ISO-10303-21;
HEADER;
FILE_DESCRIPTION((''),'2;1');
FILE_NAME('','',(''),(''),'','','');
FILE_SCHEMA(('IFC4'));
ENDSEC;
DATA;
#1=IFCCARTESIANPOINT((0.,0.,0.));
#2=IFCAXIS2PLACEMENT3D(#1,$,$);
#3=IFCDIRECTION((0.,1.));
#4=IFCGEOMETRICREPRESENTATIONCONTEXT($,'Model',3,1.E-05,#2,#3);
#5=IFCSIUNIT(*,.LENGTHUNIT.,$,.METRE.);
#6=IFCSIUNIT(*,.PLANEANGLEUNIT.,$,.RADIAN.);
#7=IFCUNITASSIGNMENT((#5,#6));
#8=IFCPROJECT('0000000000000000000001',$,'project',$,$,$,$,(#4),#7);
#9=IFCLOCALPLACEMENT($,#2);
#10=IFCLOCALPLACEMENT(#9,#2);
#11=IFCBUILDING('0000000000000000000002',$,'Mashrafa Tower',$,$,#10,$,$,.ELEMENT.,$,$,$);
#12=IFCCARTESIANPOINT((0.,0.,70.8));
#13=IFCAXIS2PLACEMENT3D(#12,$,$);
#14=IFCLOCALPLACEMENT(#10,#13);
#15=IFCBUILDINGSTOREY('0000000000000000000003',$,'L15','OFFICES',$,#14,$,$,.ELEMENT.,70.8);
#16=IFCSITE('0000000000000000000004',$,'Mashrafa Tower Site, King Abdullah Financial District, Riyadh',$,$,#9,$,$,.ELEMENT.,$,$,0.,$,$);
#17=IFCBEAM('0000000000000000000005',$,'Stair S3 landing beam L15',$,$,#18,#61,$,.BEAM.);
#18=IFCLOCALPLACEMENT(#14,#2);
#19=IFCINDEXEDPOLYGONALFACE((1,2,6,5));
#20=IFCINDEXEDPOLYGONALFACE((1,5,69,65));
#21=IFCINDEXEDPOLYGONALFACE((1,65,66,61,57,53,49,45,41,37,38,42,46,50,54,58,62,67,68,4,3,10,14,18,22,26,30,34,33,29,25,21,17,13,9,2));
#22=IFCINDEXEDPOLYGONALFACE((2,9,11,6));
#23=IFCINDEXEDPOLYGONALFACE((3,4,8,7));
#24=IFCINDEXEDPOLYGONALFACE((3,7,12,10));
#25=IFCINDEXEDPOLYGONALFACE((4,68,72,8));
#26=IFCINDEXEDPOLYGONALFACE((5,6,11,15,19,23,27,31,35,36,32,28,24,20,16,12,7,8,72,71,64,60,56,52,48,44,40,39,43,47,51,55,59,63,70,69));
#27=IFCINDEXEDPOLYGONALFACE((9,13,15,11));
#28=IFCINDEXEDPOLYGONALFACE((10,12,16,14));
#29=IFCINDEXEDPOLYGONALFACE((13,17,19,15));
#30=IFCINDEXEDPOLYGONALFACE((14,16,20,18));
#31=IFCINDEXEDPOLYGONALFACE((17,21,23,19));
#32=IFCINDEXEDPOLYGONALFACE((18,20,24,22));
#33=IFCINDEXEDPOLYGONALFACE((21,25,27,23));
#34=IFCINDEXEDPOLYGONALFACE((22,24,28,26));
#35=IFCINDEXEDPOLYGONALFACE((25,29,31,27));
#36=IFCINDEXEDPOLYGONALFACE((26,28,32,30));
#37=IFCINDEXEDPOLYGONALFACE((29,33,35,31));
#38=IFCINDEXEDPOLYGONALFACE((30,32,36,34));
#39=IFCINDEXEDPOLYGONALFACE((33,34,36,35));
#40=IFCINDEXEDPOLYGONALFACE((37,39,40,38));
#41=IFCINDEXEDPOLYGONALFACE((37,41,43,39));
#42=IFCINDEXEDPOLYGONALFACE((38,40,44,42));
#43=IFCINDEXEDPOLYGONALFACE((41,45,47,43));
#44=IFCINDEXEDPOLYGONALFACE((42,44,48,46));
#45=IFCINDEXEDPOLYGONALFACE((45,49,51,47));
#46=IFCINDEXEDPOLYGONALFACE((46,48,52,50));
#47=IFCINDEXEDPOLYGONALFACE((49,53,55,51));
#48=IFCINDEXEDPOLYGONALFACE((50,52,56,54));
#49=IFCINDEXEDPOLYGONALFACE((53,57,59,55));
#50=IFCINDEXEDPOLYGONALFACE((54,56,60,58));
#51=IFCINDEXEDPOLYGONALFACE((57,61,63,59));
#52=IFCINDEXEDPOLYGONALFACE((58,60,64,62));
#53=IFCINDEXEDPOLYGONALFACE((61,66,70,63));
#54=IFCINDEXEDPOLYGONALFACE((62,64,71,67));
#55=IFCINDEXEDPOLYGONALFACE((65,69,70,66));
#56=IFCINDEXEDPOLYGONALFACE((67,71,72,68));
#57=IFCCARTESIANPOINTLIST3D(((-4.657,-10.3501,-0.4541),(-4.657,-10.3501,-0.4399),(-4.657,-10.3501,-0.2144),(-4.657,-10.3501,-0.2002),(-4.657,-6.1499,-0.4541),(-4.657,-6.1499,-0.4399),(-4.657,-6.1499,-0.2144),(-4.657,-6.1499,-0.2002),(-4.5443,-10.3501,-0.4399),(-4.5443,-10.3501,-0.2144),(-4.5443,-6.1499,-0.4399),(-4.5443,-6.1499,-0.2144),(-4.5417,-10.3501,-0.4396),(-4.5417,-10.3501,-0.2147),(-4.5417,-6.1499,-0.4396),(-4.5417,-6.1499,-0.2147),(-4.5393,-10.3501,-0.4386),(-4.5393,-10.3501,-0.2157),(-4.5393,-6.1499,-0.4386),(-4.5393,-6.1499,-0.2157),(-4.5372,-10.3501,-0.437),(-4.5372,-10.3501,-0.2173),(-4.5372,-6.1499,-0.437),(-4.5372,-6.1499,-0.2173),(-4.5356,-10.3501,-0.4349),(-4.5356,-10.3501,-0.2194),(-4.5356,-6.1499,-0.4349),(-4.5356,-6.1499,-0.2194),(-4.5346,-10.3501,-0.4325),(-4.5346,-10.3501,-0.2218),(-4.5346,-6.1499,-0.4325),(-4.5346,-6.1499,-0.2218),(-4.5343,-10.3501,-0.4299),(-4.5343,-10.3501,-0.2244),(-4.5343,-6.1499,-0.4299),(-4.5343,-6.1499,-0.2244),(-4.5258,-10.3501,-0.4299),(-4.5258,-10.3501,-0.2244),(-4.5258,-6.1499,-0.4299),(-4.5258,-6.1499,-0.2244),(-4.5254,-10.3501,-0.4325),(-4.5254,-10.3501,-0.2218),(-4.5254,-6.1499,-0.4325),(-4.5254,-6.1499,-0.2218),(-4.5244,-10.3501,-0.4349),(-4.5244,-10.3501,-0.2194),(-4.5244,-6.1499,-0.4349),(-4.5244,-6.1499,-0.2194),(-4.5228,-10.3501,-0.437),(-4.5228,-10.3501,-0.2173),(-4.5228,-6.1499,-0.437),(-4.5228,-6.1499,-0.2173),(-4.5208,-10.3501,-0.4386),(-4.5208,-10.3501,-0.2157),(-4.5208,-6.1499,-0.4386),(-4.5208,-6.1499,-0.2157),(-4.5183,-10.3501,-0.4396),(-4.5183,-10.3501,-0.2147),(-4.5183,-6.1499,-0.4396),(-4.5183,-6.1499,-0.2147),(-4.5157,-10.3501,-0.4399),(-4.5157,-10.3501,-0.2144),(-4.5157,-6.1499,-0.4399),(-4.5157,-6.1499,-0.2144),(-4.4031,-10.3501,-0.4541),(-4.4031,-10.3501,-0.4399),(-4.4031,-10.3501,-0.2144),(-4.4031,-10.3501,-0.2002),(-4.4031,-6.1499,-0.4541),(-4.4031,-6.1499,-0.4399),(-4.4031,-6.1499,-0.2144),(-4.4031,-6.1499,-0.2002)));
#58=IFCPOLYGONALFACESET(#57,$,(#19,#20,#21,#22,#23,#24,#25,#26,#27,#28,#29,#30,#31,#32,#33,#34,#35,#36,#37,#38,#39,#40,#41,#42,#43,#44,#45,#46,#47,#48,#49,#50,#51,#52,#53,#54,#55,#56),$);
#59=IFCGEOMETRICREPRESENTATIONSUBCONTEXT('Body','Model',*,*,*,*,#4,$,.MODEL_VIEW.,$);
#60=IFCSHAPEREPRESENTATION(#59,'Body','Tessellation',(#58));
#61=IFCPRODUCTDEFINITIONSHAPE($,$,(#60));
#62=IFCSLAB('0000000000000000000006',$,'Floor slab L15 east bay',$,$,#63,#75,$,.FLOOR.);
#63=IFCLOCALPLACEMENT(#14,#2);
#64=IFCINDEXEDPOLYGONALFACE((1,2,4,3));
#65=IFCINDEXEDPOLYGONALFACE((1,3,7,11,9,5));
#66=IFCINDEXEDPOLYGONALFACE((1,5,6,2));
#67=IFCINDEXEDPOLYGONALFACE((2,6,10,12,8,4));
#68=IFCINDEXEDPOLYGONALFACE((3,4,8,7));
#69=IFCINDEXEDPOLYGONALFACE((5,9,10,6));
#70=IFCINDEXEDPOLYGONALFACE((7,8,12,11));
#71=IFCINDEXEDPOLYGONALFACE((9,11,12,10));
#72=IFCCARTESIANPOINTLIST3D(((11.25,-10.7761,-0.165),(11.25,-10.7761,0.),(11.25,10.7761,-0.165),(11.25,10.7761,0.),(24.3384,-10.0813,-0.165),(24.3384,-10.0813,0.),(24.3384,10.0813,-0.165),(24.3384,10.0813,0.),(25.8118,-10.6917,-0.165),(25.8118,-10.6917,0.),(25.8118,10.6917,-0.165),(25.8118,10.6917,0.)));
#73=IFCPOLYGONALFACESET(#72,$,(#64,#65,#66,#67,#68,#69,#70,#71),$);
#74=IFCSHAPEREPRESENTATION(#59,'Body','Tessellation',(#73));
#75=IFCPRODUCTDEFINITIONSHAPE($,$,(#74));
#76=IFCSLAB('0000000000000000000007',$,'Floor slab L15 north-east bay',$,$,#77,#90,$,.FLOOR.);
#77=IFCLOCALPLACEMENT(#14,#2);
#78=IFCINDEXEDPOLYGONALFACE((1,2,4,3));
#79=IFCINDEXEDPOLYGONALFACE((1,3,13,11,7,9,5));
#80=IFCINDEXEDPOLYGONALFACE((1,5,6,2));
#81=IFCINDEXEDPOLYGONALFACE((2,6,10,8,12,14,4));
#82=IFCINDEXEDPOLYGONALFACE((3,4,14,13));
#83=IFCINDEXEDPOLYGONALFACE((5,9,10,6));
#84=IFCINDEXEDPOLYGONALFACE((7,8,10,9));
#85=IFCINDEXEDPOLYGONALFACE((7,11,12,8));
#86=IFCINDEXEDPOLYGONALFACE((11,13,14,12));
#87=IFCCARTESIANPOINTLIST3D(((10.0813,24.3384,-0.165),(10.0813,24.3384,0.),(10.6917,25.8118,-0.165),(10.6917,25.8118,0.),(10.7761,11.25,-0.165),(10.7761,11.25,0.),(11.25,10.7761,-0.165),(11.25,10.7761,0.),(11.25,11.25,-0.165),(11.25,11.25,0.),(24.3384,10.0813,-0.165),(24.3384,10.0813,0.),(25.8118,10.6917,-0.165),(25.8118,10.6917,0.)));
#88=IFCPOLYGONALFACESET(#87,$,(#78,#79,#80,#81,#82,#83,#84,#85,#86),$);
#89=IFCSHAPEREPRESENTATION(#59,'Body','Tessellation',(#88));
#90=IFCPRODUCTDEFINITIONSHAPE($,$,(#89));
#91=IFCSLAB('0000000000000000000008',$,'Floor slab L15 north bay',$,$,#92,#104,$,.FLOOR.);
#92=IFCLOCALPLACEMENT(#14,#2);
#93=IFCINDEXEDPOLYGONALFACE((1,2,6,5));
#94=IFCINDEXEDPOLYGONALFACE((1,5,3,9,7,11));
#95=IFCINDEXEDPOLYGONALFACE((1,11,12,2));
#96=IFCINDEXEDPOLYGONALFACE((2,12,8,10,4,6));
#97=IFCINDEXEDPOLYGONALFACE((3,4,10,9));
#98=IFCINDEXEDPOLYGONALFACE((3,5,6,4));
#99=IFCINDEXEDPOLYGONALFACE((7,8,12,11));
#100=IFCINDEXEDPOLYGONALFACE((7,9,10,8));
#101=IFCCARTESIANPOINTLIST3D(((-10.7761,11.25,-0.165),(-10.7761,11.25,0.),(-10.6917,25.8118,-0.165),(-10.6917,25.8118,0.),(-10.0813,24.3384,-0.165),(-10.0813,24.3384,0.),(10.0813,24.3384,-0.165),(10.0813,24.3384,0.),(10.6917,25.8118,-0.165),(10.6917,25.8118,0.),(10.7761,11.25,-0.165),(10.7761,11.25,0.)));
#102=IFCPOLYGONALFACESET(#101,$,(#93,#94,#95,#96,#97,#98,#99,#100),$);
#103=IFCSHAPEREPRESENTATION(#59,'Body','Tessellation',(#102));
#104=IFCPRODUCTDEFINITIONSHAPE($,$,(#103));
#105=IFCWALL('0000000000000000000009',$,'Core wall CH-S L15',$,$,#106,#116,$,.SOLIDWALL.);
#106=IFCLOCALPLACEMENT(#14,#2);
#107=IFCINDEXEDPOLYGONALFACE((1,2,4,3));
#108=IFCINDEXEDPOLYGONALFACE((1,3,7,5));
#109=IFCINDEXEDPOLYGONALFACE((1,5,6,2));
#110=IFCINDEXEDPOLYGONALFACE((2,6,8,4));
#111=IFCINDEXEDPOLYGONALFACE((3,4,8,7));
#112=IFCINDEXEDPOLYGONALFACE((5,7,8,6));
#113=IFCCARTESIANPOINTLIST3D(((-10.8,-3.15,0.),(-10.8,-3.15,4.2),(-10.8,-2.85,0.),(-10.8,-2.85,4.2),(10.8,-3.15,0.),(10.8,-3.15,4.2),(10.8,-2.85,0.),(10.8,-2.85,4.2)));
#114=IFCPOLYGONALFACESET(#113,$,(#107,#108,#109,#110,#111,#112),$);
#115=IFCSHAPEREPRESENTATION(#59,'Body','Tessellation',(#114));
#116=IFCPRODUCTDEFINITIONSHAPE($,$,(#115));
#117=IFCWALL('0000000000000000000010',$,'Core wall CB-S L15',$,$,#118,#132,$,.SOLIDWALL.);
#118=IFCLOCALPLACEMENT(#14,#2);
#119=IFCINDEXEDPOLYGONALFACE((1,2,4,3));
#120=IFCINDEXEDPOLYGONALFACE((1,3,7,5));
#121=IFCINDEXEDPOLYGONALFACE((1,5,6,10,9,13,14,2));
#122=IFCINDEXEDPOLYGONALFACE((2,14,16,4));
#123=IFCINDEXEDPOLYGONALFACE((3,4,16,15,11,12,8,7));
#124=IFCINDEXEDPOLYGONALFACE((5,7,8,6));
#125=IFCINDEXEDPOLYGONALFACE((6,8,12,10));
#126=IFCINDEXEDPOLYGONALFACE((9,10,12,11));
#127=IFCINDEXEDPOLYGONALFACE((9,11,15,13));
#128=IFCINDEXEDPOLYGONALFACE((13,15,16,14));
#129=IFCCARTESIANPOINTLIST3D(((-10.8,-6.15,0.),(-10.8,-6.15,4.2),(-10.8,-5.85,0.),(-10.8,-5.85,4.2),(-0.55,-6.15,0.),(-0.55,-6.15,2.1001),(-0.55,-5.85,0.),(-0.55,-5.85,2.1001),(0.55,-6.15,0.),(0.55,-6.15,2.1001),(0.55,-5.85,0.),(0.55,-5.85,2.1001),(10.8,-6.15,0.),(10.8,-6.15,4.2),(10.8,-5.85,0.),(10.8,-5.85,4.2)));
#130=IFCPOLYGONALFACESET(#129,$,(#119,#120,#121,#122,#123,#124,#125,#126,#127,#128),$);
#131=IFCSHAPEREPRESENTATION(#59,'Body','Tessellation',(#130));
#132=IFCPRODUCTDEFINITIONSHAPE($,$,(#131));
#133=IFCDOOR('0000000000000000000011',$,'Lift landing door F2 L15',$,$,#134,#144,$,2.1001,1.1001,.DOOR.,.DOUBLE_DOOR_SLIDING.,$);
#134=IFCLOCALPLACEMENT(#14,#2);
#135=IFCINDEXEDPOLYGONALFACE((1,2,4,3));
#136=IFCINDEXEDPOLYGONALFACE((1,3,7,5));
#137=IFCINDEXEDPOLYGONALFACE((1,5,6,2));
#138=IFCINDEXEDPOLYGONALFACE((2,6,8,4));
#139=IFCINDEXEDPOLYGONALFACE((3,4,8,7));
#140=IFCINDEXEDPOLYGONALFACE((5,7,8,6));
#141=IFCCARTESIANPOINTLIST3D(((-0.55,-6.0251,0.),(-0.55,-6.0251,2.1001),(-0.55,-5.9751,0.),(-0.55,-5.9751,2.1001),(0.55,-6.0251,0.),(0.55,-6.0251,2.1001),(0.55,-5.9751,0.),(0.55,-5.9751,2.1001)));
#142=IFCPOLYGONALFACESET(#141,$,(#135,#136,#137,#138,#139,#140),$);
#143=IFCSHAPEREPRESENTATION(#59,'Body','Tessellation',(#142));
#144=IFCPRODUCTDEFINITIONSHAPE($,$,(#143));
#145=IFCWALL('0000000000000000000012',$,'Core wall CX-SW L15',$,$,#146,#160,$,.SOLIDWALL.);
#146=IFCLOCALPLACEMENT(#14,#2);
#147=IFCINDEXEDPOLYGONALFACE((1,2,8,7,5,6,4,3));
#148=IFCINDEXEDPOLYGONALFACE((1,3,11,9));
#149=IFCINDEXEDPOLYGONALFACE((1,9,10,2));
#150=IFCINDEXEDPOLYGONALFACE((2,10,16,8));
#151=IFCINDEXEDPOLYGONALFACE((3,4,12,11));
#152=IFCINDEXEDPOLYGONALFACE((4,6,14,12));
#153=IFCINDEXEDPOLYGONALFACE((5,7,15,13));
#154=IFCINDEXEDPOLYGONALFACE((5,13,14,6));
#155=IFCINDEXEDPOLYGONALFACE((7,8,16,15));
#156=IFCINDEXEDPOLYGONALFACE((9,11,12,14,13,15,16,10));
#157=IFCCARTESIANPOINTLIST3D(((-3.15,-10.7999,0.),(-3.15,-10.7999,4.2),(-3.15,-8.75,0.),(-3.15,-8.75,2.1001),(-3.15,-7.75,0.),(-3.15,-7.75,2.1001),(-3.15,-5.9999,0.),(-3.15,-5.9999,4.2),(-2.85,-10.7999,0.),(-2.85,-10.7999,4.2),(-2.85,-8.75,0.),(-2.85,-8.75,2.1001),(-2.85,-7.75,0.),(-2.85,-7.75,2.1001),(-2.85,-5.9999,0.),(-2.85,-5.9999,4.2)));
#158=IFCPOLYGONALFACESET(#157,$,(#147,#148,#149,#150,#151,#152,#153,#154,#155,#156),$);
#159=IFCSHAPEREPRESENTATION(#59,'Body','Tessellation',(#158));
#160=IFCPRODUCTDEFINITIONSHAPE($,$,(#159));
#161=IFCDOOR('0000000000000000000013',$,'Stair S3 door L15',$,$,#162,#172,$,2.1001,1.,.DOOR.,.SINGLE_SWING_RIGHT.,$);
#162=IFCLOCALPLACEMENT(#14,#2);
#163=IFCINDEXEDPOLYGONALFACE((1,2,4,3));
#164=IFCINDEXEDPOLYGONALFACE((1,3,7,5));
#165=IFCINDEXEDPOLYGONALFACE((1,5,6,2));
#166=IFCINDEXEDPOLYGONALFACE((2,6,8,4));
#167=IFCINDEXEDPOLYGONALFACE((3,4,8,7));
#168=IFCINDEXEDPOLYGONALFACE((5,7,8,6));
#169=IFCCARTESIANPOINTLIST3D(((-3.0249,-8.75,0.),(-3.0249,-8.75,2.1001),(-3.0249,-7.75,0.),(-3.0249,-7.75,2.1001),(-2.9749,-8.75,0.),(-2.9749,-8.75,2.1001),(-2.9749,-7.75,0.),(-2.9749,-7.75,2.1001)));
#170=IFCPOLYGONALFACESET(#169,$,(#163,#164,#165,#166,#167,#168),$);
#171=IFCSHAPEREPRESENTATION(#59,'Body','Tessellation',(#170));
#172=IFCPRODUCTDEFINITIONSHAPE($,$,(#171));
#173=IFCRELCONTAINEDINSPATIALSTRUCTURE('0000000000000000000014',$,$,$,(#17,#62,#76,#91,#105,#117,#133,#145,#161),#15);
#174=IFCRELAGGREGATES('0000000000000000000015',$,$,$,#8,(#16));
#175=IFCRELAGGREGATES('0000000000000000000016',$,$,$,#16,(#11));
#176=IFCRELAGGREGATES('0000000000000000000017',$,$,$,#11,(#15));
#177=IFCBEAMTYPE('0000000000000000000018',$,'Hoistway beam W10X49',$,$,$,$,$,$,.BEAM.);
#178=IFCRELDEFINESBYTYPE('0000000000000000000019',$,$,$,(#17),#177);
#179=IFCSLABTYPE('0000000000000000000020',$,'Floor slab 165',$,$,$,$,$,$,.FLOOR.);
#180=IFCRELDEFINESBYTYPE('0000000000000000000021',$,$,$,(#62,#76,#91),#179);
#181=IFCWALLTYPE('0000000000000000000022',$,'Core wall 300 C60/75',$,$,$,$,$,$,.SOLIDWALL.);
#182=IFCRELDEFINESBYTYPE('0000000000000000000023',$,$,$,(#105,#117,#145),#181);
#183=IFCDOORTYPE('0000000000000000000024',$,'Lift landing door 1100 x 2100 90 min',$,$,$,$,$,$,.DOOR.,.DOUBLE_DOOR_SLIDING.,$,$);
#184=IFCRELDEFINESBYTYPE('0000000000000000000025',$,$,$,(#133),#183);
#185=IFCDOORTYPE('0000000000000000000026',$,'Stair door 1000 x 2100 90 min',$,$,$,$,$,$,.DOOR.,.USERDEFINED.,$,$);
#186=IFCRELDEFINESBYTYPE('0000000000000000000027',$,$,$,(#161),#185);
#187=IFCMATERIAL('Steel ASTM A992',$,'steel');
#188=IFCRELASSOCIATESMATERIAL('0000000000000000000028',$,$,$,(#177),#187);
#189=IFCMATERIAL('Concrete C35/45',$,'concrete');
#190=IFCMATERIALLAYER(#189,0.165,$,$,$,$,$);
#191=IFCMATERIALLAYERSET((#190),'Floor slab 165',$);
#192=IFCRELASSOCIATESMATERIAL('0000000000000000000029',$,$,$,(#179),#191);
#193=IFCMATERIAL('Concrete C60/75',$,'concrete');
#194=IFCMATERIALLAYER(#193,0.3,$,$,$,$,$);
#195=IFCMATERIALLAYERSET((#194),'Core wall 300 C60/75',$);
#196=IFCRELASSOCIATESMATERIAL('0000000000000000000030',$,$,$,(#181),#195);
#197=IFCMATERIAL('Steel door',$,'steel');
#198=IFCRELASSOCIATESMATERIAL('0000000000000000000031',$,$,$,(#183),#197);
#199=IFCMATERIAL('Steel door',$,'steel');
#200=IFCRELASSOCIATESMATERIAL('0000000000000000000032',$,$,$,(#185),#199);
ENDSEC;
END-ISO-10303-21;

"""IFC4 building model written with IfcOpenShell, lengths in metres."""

from ifc_helpers import new_model, si_unit, direction, frame, frame_2d, origin, origin_2d, place, context, subcontext, project, spatial, polyline, rectangle, i_section, outline, extrude, material, layer, layer_set, material_profile, profile_set, type_object, element, fill, save


model = new_model("IFC4")

# Units and contexts
model_context = context("Model", 3, precision=1e-05, world=origin(), true_north=direction((0.0, 1.0)))
body_context = subcontext(model_context, "Body", "Model", "MODEL_VIEW")
ifc_project = project(units=[si_unit("LENGTHUNIT", "METRE"), si_unit("PLANEANGLEUNIT", "RADIAN")], contexts=[model_context])

# Site, building, storey
site_placement = place(None, origin())
site = spatial("IfcSite", under=ifc_project, at=site_placement, Name="Mashrafa Tower Site, King Abdullah Financial District, Riyadh", CompositionType="ELEMENT", RefElevation=0.0)
building_placement = place(site_placement, origin())
building = spatial("IfcBuilding", under=site, at=building_placement, Name="Mashrafa Tower", CompositionType="ELEMENT")
storey_placement = place(building_placement, frame((0.0, 0.0, 70.8)))
storey = spatial("IfcBuildingStorey", under=building, at=storey_placement, Name="L15", Description="OFFICES", CompositionType="ELEMENT", Elevation=70.8)

# Beam
ifc_material_1 = material(Name="Steel ASTM A992", Category="steel")
ifc_material_profile_1 = material_profile(ifc_material_1, i_section(OverallWidth=0.2539, OverallDepth=0.2539, WebThickness=0.0085, FlangeThickness=0.0142, FilletRadius=0.01, at=origin_2d()), Name="W10X49")
ifc_profile_set_1 = profile_set([ifc_material_profile_1], Name="Steel ASTM A992")
beam_type_1 = type_object("IfcBeamType", Name="Hoistway beam W10X49", PredefinedType="BEAM", material=ifc_profile_set_1)
beam_1_placement = place(storey_placement, frame((-4.53, -10.3501, -0.3271), z_axis=(0.0, 1.0, 0.0), x_axis=(-1.0, 0.0, 0.0)))
element("IfcBeam", 1, at=beam_1_placement, inside=storey, type_object=beam_type_1, Name="Stair S3 landing beam L15", PredefinedType="BEAM", context=body_context, shape_type="SweptSolid", body=[
    extrude(i_section(OverallWidth=0.2539, OverallDepth=0.2539, WebThickness=0.0085, FlangeThickness=0.0142, FilletRadius=0.01, at=origin_2d()), origin(), (0.0, 0.0, 1.0), 4.2002),
])

# Slabs
ifc_material_2 = material(Name="Concrete C35/45", Category="concrete")
ifc_layer_1 = layer(ifc_material_2, 0.165)
ifc_layer_set_1 = layer_set([ifc_layer_1], Name="Floor slab 165")
slab_type = type_object("IfcSlabType", Name="Floor slab 165", PredefinedType="FLOOR", material=ifc_layer_set_1)
slab_1_placement = place(storey_placement, frame((0.0, 0.0, -0.165)))
element("IfcSlab", 2, at=slab_1_placement, inside=storey, type_object=slab_type, Name="Floor slab L15 east bay", PredefinedType="FLOOR", context=body_context, shape_type="SweptSolid", body=[
    extrude(outline(polyline([(25.8118, 10.6917), (25.8118, -10.6917), (25.8118, -10.6917), (24.3384, -10.0813), (11.25, -10.7761), (11.25, 10.7761), (24.3384, 10.0813), (25.8118, 10.6917), (25.8118, 10.6917)])), origin(), (0.0, 0.0, 1.0), 0.165),
])
slab_2_placement = place(storey_placement, frame((0.0, 0.0, -0.165)))
element("IfcSlab", 3, at=slab_2_placement, inside=storey, type_object=slab_type, Name="Floor slab L15 north-east bay", PredefinedType="FLOOR", context=body_context, shape_type="SweptSolid", body=[
    extrude(outline(polyline([(25.8118, 10.6917), (24.3384, 10.0813), (11.25, 10.7761), (11.25, 11.25), (10.7761, 11.25), (10.0813, 24.3384), (10.6917, 25.8118), (25.8118, 10.6917)])), origin(), (0.0, 0.0, 1.0), 0.165),
])
slab_3_placement = place(storey_placement, frame((0.0, 0.0, -0.165)))
element("IfcSlab", 4, at=slab_3_placement, inside=storey, type_object=slab_type, Name="Floor slab L15 north bay", PredefinedType="FLOOR", context=body_context, shape_type="SweptSolid", body=[
    extrude(outline(polyline([(-10.6917, 25.8118), (10.6917, 25.8118), (10.6917, 25.8118), (10.0813, 24.3384), (10.7761, 11.25), (-10.7761, 11.25), (-10.0813, 24.3384), (-10.6917, 25.8118), (-10.6917, 25.8118)])), origin(), (0.0, 0.0, 1.0), 0.165),
])

# Wall
ifc_material_3 = material(Name="Concrete C60/75", Category="concrete")
ifc_layer_2 = layer(ifc_material_3, 0.3)
ifc_layer_set_2 = layer_set([ifc_layer_2], Name="Core wall 300 C60/75")
wall_type_1 = type_object("IfcWallType", Name="Core wall 300 C60/75", PredefinedType="SOLIDWALL", material=ifc_layer_set_2)
wall_1_placement = place(storey_placement, frame((-10.8, -3.0, 0.0), z_axis=(0.0, 0.0, 1.0), x_axis=(1.0, 0.0, 0.0)))
element("IfcWall", 5, at=wall_1_placement, inside=storey, type_object=wall_type_1, Name="Core wall CH-S L15", PredefinedType="SOLIDWALL", context=body_context, shape_type="SweptSolid", body=[
    extrude(rectangle(XDim=21.6001, YDim=0.3, at=frame_2d((10.8, 0.0))), origin(), (0.0, 0.0, 1.0), 4.2),
])

# Walls, openings, doors
wall_2_placement = place(storey_placement, frame((-10.8, -6.0, 0.0), z_axis=(0.0, 0.0, 1.0), x_axis=(1.0, 0.0, 0.0)))
wall_2 = element("IfcWall", 6, at=wall_2_placement, inside=storey, type_object=wall_type_1, Name="Core wall CB-S L15", PredefinedType="SOLIDWALL", context=body_context, shape_type="SweptSolid", body=[
    extrude(rectangle(XDim=21.6001, YDim=0.3, at=frame_2d((10.8, 0.0))), origin(), (0.0, 0.0, 1.0), 4.2),
])
opening_1_placement = place(wall_2_placement, frame((10.25, 0.0, 0.0)))
opening_1 = element("IfcOpeningElement", 7, at=opening_1_placement, cuts=wall_2, PredefinedType="OPENING", context=body_context, shape_type="SweptSolid", body=[
    extrude(rectangle(XDim=1.1001, YDim=2.1001, at=frame_2d((0.55, 1.05))), frame((0.0, 0.1599, 0.0), z_axis=(0.0, -1.0, 0.0), x_axis=(1.0, 0.0, 0.0)), (0.0, 0.0, 1.0), 0.3201),
])
ifc_material_4 = material(Name="Steel door", Category="steel")
door_type_1 = type_object("IfcDoorType", Name="Lift landing door 1100 x 2100 90 min", OperationType="DOUBLE_DOOR_SLIDING", PredefinedType="DOOR", material=ifc_material_4)
door_1_placement = place(opening_1_placement, origin())
door_1 = element("IfcDoor", 8, at=door_1_placement, inside=storey, type_object=door_type_1, Name="Lift landing door F2 L15", OperationType="DOUBLE_DOOR_SLIDING", OverallHeight=2.1001, OverallWidth=1.1001, PredefinedType="DOOR", context=body_context, shape_type="SweptSolid", body=[
    extrude(rectangle(XDim=1.1001, YDim=2.1001, at=frame_2d((0.55, 1.05))), frame((0.0, 0.0249, 0.0), z_axis=(0.0, -1.0, 0.0), x_axis=(1.0, 0.0, 0.0)), (0.0, 0.0, 1.0), 0.05),
])
fill(opening_1, door_1)
wall_3_placement = place(storey_placement, frame((-3.0, -6.0, 0.0), z_axis=(0.0, 0.0, 1.0), x_axis=(0.0, -1.0, 0.0)))
wall_3 = element("IfcWall", 9, at=wall_3_placement, inside=storey, type_object=wall_type_1, Name="Core wall CX-SW L15", PredefinedType="SOLIDWALL", context=body_context, shape_type="SweptSolid", body=[
    extrude(rectangle(XDim=4.8, YDim=0.3, at=frame_2d((2.3999, 0.0))), origin(), (0.0, 0.0, 1.0), 4.2),
])
opening_2_placement = place(wall_3_placement, frame((1.75, 0.0, 0.0)))
opening_2 = element("IfcOpeningElement", 10, at=opening_2_placement, cuts=wall_3, PredefinedType="OPENING", context=body_context, shape_type="SweptSolid", body=[
    extrude(rectangle(XDim=1.0, YDim=2.1001, at=frame_2d((0.5, 1.05))), frame((0.0, 0.1599, 0.0), z_axis=(0.0, -1.0, 0.0), x_axis=(1.0, 0.0, 0.0)), (0.0, 0.0, 1.0), 0.3201),
])
ifc_material_5 = material(Name="Steel door", Category="steel")
door_type_2 = type_object("IfcDoorType", Name="Stair door 1000 x 2100 90 min", OperationType="USERDEFINED", PredefinedType="DOOR", material=ifc_material_5)
door_2_placement = place(opening_2_placement, frame((1.0, 0.0, 0.0), z_axis=(0.0, 0.0, 1.0), x_axis=(-1.0, 0.0, 0.0)))
door_2 = element("IfcDoor", 11, at=door_2_placement, inside=storey, type_object=door_type_2, Name="Stair S3 door L15", OperationType="SINGLE_SWING_RIGHT", OverallHeight=2.1001, OverallWidth=1.0, PredefinedType="DOOR", context=body_context, shape_type="SweptSolid", body=[
    extrude(rectangle(XDim=1.0, YDim=2.1001, at=frame_2d((0.5, 1.05))), frame((0.0, 0.0249, 0.0), z_axis=(0.0, -1.0, 0.0), x_axis=(1.0, 0.0, 0.0)), (0.0, 0.0, 1.0), 0.05),
])
fill(opening_2, door_2)

save(model, "model.ifc")
